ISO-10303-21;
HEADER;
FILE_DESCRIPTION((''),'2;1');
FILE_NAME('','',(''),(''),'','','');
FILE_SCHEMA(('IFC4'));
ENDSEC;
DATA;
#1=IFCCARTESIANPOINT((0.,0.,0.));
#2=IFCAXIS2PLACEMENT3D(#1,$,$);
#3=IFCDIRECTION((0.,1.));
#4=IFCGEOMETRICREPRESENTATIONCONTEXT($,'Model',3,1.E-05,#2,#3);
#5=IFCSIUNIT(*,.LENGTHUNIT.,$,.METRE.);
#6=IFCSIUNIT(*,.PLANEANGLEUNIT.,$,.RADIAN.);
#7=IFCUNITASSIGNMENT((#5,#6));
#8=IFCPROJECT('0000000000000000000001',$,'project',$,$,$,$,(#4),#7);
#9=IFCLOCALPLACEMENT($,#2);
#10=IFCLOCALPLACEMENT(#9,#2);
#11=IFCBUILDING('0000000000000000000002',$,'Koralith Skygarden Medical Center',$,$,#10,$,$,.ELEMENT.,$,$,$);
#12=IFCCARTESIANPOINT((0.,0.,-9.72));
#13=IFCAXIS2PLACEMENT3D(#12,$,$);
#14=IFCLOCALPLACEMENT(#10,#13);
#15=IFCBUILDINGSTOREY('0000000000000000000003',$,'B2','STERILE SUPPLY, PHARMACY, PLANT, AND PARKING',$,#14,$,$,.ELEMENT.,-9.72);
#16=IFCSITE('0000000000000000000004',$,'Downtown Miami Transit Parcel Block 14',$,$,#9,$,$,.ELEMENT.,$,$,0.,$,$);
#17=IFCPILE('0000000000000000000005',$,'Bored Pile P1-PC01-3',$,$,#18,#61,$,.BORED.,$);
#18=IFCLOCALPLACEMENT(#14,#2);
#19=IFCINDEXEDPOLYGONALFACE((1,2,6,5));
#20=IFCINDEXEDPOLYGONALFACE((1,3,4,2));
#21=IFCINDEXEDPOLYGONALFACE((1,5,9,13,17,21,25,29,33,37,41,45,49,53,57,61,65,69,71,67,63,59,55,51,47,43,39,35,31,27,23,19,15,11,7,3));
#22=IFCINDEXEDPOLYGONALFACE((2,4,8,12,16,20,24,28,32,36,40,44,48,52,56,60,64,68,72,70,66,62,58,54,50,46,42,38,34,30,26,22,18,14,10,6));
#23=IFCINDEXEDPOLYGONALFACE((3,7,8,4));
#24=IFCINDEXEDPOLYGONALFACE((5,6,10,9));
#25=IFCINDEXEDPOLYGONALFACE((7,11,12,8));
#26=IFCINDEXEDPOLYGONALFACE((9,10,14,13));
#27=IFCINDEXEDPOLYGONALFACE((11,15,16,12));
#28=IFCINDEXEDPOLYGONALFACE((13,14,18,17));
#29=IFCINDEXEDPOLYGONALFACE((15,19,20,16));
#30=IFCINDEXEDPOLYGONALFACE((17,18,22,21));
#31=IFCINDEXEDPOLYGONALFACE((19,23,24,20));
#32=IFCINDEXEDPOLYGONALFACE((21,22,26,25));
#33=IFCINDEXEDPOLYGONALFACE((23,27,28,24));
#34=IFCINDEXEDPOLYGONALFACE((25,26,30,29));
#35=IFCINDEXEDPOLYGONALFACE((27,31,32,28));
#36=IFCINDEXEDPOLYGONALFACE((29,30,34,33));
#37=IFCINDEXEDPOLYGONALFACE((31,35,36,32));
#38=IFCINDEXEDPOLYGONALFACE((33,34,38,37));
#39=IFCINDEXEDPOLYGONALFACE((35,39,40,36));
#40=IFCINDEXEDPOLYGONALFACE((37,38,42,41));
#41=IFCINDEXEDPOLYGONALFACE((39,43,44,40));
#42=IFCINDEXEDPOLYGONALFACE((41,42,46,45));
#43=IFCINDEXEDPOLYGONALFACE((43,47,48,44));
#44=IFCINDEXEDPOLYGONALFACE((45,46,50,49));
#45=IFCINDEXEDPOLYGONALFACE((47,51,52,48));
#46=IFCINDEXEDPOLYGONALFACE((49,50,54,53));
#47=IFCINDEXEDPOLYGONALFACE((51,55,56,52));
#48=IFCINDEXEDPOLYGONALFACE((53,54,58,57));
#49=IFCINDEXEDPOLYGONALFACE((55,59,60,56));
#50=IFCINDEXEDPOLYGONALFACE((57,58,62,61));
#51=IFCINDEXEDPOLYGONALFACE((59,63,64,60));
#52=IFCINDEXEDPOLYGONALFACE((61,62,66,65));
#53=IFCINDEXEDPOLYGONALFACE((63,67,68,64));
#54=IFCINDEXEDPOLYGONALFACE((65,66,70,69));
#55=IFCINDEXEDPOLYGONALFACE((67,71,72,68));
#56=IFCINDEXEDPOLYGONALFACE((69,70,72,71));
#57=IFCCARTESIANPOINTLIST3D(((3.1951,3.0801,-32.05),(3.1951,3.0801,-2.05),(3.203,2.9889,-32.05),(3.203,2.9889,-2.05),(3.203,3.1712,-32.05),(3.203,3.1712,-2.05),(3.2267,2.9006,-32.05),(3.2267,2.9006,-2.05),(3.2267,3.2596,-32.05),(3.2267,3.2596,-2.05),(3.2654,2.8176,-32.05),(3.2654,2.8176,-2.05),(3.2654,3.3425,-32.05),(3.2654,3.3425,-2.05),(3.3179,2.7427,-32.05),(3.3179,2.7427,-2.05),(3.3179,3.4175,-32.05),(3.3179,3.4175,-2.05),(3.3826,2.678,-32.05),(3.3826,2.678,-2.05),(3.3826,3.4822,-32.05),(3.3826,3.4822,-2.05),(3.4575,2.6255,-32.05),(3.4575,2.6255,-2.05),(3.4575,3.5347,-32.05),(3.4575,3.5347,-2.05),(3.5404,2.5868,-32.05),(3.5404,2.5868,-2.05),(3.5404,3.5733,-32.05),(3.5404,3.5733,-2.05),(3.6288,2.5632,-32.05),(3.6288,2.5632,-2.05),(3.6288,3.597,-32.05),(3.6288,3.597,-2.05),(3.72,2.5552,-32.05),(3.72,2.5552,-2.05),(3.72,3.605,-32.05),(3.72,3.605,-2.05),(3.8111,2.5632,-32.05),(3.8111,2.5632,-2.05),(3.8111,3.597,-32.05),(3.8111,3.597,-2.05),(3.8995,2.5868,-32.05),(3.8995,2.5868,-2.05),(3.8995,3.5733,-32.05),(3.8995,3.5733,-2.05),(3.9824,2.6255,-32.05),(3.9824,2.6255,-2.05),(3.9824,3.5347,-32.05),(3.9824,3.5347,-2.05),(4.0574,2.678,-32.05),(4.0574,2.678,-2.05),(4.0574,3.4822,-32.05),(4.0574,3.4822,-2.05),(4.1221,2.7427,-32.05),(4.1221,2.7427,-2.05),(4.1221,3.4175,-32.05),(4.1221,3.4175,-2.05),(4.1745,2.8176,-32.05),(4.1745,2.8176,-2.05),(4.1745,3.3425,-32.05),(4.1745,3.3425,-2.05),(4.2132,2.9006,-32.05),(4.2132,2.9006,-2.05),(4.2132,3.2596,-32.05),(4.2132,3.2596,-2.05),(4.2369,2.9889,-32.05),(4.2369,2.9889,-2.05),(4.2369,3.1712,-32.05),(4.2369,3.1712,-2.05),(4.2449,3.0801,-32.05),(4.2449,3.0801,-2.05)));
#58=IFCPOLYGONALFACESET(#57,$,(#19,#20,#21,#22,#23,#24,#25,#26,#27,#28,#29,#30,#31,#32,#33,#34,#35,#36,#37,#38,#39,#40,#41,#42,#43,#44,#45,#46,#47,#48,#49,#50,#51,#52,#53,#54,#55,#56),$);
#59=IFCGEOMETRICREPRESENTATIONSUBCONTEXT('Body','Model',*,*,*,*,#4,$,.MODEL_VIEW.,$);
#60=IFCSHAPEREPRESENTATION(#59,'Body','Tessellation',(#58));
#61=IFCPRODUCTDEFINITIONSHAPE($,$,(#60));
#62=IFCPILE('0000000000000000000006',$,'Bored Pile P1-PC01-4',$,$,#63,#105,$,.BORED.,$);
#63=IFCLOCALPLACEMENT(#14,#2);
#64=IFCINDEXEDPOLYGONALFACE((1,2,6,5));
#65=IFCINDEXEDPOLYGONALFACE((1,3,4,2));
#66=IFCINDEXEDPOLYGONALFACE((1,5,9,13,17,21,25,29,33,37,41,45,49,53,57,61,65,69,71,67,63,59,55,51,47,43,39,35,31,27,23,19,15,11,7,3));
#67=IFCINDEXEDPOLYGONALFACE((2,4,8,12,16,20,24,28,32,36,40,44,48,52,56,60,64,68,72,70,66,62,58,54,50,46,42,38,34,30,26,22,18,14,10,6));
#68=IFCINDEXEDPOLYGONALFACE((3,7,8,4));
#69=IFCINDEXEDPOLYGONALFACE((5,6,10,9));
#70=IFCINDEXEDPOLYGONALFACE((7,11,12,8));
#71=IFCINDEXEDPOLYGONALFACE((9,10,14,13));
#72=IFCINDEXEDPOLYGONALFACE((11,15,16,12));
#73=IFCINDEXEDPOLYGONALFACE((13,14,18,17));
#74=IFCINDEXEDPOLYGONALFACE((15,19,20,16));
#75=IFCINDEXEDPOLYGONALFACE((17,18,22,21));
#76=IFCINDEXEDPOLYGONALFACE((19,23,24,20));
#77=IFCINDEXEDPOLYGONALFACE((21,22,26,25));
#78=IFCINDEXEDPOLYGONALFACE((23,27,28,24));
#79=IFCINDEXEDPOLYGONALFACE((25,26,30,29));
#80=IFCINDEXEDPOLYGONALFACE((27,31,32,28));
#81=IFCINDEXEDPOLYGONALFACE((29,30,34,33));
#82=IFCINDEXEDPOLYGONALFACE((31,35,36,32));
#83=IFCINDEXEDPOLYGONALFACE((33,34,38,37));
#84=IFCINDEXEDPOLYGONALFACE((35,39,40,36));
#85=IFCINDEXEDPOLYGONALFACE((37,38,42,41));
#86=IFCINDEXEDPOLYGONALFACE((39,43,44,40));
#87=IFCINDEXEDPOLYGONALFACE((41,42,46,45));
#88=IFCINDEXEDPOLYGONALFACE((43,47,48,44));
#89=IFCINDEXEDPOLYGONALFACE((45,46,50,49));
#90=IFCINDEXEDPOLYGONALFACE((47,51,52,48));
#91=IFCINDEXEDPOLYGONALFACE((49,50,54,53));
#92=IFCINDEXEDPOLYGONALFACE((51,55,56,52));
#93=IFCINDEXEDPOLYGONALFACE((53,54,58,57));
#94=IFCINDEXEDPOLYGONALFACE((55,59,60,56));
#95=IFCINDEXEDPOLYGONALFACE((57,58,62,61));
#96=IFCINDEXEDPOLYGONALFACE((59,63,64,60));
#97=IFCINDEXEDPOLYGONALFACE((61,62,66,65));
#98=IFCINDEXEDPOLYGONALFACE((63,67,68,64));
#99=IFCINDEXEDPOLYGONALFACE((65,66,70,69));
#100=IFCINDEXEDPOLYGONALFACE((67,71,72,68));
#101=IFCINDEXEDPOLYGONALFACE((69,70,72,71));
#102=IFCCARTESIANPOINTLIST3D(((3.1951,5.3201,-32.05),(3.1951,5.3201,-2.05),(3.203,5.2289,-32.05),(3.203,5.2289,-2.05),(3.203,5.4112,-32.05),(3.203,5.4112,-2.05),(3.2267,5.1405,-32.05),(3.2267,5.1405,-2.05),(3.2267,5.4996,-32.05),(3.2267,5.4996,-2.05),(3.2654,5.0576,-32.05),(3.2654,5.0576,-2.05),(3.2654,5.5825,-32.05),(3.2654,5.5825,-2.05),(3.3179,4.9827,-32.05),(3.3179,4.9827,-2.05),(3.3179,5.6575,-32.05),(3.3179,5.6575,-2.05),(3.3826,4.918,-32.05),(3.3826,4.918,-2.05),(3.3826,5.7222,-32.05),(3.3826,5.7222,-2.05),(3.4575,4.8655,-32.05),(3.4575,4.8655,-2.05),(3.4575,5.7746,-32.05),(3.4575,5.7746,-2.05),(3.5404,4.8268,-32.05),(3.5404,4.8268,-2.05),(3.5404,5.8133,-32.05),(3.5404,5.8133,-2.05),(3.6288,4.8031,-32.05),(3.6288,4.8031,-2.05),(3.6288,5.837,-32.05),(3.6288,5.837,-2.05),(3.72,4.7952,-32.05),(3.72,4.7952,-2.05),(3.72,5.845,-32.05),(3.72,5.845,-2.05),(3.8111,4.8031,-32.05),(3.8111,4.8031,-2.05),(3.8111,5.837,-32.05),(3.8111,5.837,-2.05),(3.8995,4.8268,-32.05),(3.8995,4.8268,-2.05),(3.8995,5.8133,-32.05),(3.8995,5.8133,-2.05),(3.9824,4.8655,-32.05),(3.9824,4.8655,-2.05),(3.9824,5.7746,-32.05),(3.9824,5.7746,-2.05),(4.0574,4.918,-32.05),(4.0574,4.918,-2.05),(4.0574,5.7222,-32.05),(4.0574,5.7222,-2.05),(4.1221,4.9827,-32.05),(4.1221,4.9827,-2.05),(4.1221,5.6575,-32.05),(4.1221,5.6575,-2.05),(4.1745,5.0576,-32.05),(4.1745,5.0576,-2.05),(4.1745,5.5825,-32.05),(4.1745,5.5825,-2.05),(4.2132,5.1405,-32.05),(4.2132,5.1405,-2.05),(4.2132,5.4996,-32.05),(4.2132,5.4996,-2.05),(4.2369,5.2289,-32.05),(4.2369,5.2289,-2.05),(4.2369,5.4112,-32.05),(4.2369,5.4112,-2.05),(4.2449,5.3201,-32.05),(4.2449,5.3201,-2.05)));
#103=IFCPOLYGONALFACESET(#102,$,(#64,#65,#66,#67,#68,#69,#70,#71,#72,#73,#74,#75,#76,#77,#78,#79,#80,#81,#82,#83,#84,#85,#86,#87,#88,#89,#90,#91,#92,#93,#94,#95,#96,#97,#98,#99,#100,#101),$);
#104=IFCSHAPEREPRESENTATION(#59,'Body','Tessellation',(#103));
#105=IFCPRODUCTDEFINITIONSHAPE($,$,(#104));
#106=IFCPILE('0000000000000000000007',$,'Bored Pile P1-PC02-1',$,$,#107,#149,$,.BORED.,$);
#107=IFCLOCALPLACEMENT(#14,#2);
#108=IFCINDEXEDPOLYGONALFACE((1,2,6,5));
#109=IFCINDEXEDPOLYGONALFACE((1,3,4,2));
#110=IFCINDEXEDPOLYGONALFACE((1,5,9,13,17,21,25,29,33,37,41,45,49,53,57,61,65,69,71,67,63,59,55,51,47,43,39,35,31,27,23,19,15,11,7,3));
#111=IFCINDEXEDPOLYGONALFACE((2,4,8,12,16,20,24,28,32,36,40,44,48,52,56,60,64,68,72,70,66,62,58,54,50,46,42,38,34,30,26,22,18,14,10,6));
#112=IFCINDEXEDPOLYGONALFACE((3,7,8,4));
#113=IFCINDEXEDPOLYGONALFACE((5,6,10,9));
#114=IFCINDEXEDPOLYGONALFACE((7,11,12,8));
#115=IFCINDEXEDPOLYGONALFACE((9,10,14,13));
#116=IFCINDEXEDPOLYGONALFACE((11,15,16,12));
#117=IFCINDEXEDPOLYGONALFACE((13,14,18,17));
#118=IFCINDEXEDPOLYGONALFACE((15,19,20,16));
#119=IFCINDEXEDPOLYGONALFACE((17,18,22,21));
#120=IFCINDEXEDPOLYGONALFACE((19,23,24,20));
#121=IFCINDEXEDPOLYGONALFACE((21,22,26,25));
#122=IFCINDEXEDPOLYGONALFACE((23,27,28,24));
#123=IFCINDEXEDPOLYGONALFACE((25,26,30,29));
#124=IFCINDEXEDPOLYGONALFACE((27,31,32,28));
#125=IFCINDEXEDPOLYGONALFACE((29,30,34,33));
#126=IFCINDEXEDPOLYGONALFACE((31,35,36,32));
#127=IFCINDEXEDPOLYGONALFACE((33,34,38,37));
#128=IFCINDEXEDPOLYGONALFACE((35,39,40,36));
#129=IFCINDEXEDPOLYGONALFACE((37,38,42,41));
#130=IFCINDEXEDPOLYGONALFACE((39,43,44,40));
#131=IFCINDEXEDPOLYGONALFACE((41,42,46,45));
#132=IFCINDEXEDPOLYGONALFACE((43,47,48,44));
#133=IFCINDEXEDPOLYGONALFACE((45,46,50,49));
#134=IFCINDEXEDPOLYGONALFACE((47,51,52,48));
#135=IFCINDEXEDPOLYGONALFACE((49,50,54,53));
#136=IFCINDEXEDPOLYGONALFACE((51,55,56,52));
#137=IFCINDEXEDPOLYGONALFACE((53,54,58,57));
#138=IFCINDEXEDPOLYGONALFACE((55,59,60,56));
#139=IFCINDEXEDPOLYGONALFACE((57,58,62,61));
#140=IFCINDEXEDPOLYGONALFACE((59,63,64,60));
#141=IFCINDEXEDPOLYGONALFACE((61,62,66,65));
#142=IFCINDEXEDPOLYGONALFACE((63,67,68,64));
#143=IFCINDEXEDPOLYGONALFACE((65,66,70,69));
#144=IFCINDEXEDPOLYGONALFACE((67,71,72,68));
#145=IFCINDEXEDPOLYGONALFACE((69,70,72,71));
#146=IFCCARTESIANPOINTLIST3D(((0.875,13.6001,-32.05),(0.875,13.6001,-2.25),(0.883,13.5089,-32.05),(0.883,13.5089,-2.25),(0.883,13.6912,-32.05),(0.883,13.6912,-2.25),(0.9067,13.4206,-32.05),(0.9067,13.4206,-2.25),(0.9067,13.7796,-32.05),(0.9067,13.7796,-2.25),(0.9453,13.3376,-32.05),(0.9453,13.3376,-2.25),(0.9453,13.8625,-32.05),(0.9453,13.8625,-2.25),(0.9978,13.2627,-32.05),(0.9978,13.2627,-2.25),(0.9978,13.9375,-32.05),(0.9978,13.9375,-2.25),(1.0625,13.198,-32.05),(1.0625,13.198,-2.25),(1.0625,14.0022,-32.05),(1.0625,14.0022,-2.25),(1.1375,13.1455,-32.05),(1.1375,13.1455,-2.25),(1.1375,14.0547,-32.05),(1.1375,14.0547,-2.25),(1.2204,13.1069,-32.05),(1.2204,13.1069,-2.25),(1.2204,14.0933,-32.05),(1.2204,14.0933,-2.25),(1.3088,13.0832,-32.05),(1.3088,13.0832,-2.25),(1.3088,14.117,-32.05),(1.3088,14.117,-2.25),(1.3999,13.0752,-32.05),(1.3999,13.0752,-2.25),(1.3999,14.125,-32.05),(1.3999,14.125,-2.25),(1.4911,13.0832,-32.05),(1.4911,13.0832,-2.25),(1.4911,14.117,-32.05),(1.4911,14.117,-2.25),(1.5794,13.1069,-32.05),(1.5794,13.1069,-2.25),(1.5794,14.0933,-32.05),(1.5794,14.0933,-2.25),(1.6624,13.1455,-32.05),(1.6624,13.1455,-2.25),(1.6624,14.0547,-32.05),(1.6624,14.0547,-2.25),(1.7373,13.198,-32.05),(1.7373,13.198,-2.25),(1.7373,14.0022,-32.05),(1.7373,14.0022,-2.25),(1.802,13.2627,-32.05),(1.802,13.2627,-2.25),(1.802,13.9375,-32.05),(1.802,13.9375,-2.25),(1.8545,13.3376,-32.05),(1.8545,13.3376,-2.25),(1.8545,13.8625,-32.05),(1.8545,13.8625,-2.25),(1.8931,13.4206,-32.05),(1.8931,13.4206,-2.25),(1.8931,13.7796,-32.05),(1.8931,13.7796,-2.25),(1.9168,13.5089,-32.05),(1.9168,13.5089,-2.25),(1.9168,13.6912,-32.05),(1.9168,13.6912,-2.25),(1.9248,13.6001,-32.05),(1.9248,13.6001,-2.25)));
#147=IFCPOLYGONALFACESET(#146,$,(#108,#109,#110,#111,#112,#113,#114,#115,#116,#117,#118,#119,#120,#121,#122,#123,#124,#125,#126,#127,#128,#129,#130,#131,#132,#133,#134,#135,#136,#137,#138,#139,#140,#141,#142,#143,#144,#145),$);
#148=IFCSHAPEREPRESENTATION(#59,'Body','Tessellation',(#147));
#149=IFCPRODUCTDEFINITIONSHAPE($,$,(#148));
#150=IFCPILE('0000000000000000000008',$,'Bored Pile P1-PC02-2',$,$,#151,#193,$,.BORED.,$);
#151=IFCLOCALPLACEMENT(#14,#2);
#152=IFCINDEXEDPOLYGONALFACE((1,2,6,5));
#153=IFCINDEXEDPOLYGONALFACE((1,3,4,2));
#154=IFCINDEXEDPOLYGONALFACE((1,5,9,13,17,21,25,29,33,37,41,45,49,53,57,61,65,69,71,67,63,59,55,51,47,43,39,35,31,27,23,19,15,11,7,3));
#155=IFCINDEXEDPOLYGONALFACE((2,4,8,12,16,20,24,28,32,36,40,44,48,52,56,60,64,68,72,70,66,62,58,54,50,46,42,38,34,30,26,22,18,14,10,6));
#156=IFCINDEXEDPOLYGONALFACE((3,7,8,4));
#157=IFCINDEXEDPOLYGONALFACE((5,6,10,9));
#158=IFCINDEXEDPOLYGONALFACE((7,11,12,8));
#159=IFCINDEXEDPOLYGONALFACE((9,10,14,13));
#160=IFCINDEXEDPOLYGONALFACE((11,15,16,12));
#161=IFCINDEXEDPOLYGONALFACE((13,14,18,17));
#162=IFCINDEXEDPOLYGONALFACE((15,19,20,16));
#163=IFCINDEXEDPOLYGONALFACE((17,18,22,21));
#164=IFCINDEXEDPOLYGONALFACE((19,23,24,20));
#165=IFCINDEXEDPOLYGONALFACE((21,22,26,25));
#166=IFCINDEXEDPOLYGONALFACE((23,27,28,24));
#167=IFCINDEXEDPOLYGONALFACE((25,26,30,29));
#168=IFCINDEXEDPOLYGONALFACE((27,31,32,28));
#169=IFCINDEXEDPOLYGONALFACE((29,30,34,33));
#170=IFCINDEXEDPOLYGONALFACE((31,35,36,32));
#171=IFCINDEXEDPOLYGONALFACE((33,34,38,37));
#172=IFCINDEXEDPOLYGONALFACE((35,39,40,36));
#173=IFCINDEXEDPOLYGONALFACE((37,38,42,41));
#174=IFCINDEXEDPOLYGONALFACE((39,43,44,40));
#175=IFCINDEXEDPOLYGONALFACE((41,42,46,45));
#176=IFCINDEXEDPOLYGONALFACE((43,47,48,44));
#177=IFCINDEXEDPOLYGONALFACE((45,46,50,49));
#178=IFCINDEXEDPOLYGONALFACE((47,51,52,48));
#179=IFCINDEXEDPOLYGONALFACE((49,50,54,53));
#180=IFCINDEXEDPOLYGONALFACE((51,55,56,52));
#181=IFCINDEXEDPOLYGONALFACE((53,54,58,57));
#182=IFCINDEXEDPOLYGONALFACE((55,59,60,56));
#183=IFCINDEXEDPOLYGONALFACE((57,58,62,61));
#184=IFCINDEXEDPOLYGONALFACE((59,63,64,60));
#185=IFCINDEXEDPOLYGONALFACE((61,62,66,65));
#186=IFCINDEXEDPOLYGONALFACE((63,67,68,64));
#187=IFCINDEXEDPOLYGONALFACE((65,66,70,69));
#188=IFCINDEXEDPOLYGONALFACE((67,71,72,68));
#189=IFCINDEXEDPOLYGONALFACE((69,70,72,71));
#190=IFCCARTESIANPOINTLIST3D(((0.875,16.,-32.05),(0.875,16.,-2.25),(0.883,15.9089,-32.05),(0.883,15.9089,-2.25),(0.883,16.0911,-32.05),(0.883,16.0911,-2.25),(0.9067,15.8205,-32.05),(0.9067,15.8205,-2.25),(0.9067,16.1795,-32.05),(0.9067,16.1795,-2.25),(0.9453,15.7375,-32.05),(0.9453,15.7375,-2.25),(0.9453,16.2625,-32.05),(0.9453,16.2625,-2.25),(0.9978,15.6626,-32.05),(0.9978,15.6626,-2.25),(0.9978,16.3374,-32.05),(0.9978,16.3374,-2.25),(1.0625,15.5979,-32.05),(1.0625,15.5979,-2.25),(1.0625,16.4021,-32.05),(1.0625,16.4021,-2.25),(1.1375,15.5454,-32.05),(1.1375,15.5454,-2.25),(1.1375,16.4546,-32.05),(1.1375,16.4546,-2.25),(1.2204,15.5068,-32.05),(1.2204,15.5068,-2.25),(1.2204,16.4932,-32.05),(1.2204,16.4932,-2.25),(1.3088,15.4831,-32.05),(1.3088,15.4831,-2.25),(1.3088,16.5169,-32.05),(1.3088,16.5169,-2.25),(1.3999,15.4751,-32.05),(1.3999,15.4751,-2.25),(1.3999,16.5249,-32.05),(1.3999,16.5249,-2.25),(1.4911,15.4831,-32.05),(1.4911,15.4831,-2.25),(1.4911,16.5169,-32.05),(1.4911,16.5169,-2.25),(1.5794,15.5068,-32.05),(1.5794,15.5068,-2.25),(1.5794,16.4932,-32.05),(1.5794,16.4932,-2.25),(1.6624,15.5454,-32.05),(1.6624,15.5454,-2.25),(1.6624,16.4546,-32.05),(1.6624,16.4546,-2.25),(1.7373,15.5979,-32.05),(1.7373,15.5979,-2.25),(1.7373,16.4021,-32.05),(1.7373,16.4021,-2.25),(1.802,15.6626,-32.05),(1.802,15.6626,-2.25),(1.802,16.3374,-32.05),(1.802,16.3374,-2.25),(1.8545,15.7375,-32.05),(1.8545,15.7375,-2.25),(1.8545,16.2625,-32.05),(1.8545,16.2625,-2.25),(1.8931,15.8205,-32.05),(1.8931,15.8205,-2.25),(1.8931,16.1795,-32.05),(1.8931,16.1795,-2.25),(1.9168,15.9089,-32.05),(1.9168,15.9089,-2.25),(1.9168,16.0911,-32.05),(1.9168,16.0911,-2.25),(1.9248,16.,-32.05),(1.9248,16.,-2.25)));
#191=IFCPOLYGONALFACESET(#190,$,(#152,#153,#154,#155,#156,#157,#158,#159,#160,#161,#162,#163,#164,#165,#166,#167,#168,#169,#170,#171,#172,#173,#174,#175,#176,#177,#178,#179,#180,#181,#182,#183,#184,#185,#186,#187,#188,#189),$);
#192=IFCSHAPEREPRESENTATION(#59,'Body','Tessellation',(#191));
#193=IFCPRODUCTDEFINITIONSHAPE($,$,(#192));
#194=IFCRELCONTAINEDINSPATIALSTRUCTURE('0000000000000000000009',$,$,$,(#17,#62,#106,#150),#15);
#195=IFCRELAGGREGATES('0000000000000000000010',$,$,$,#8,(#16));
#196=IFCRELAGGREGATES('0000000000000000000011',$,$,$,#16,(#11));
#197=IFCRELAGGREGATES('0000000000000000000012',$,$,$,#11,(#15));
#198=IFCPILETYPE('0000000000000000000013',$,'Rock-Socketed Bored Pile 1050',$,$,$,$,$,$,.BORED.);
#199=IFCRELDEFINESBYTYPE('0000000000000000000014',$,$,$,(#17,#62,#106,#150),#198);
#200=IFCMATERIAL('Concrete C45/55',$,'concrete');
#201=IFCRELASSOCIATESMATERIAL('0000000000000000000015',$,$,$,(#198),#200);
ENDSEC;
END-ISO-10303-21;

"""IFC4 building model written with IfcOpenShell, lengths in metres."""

from ifc_helpers import new_model, si_unit, direction, frame, origin, origin_2d, place, context, subcontext, project, spatial, circle, extrude, material, material_profile, profile_set, type_object, element, save


model = new_model("IFC4")

# Units and contexts
model_context = context("Model", 3, precision=1e-05, world=origin(), true_north=direction((0.0, 1.0)))
body_context = subcontext(model_context, "Body", "Model", "MODEL_VIEW")
ifc_project = project(units=[si_unit("LENGTHUNIT", "METRE"), si_unit("PLANEANGLEUNIT", "RADIAN")], contexts=[model_context])

# Site, building, storey
site_placement = place(None, origin())
site = spatial("IfcSite", under=ifc_project, at=site_placement, Name="Downtown Miami Transit Parcel Block 14", CompositionType="ELEMENT", RefElevation=0.0)
building_placement = place(site_placement, origin())
building = spatial("IfcBuilding", under=site, at=building_placement, Name="Koralith Skygarden Medical Center", CompositionType="ELEMENT")
storey_placement = place(building_placement, frame((0.0, 0.0, -9.72)))
storey = spatial("IfcBuildingStorey", under=building, at=storey_placement, Name="B2", Description="STERILE SUPPLY, PHARMACY, PLANT, AND PARKING", CompositionType="ELEMENT", Elevation=-9.72)

# Piles
ifc_material_1 = material(Name="Concrete C45/55", Category="concrete")
ifc_material_profile_1 = material_profile(ifc_material_1, circle(Radius=0.5249, at=origin_2d()), Name="PILE1050")
ifc_profile_set_1 = profile_set([ifc_material_profile_1], Name="Concrete C45/55")
pile_type = type_object("IfcPileType", Name="Rock-Socketed Bored Pile 1050", PredefinedType="BORED", material=ifc_profile_set_1)
for number, where, z_axis, x_axis, name in (
    (1, (3.72, 3.0801, -2.05), (0.0, 0.0, -1.0), (1.0, 0.0, 0.0), "Bored Pile P1-PC01-3"),
    (2, (3.72, 5.3201, -2.05), (0.0, 0.0, -1.0), (1.0, 0.0, 0.0), "Bored Pile P1-PC01-4"),
):
    element("IfcPile", number, at=place(storey_placement, frame(where, z_axis=z_axis, x_axis=x_axis)), inside=storey, type_object=pile_type, Name=name, PredefinedType="BORED", context=body_context, shape_type="SweptSolid", body=[
        extrude(circle(Radius=0.5249, at=origin_2d()), origin(), (0.0, 0.0, 1.0), 30.0),
    ])
for number, where, z_axis, x_axis, name in (
    (3, (1.3999, 13.6001, -2.25), (0.0, 0.0, -1.0), (1.0, 0.0, 0.0), "Bored Pile P1-PC02-1"),
    (4, (1.3999, 16.0, -2.25), (0.0, 0.0, -1.0), (1.0, 0.0, 0.0), "Bored Pile P1-PC02-2"),
):
    element("IfcPile", number, at=place(storey_placement, frame(where, z_axis=z_axis, x_axis=x_axis)), inside=storey, type_object=pile_type, Name=name, PredefinedType="BORED", context=body_context, shape_type="SweptSolid", body=[
        extrude(circle(Radius=0.5249, at=origin_2d()), origin(), (0.0, 0.0, 1.0), 29.8),
    ])

save(model, "model.ifc")
